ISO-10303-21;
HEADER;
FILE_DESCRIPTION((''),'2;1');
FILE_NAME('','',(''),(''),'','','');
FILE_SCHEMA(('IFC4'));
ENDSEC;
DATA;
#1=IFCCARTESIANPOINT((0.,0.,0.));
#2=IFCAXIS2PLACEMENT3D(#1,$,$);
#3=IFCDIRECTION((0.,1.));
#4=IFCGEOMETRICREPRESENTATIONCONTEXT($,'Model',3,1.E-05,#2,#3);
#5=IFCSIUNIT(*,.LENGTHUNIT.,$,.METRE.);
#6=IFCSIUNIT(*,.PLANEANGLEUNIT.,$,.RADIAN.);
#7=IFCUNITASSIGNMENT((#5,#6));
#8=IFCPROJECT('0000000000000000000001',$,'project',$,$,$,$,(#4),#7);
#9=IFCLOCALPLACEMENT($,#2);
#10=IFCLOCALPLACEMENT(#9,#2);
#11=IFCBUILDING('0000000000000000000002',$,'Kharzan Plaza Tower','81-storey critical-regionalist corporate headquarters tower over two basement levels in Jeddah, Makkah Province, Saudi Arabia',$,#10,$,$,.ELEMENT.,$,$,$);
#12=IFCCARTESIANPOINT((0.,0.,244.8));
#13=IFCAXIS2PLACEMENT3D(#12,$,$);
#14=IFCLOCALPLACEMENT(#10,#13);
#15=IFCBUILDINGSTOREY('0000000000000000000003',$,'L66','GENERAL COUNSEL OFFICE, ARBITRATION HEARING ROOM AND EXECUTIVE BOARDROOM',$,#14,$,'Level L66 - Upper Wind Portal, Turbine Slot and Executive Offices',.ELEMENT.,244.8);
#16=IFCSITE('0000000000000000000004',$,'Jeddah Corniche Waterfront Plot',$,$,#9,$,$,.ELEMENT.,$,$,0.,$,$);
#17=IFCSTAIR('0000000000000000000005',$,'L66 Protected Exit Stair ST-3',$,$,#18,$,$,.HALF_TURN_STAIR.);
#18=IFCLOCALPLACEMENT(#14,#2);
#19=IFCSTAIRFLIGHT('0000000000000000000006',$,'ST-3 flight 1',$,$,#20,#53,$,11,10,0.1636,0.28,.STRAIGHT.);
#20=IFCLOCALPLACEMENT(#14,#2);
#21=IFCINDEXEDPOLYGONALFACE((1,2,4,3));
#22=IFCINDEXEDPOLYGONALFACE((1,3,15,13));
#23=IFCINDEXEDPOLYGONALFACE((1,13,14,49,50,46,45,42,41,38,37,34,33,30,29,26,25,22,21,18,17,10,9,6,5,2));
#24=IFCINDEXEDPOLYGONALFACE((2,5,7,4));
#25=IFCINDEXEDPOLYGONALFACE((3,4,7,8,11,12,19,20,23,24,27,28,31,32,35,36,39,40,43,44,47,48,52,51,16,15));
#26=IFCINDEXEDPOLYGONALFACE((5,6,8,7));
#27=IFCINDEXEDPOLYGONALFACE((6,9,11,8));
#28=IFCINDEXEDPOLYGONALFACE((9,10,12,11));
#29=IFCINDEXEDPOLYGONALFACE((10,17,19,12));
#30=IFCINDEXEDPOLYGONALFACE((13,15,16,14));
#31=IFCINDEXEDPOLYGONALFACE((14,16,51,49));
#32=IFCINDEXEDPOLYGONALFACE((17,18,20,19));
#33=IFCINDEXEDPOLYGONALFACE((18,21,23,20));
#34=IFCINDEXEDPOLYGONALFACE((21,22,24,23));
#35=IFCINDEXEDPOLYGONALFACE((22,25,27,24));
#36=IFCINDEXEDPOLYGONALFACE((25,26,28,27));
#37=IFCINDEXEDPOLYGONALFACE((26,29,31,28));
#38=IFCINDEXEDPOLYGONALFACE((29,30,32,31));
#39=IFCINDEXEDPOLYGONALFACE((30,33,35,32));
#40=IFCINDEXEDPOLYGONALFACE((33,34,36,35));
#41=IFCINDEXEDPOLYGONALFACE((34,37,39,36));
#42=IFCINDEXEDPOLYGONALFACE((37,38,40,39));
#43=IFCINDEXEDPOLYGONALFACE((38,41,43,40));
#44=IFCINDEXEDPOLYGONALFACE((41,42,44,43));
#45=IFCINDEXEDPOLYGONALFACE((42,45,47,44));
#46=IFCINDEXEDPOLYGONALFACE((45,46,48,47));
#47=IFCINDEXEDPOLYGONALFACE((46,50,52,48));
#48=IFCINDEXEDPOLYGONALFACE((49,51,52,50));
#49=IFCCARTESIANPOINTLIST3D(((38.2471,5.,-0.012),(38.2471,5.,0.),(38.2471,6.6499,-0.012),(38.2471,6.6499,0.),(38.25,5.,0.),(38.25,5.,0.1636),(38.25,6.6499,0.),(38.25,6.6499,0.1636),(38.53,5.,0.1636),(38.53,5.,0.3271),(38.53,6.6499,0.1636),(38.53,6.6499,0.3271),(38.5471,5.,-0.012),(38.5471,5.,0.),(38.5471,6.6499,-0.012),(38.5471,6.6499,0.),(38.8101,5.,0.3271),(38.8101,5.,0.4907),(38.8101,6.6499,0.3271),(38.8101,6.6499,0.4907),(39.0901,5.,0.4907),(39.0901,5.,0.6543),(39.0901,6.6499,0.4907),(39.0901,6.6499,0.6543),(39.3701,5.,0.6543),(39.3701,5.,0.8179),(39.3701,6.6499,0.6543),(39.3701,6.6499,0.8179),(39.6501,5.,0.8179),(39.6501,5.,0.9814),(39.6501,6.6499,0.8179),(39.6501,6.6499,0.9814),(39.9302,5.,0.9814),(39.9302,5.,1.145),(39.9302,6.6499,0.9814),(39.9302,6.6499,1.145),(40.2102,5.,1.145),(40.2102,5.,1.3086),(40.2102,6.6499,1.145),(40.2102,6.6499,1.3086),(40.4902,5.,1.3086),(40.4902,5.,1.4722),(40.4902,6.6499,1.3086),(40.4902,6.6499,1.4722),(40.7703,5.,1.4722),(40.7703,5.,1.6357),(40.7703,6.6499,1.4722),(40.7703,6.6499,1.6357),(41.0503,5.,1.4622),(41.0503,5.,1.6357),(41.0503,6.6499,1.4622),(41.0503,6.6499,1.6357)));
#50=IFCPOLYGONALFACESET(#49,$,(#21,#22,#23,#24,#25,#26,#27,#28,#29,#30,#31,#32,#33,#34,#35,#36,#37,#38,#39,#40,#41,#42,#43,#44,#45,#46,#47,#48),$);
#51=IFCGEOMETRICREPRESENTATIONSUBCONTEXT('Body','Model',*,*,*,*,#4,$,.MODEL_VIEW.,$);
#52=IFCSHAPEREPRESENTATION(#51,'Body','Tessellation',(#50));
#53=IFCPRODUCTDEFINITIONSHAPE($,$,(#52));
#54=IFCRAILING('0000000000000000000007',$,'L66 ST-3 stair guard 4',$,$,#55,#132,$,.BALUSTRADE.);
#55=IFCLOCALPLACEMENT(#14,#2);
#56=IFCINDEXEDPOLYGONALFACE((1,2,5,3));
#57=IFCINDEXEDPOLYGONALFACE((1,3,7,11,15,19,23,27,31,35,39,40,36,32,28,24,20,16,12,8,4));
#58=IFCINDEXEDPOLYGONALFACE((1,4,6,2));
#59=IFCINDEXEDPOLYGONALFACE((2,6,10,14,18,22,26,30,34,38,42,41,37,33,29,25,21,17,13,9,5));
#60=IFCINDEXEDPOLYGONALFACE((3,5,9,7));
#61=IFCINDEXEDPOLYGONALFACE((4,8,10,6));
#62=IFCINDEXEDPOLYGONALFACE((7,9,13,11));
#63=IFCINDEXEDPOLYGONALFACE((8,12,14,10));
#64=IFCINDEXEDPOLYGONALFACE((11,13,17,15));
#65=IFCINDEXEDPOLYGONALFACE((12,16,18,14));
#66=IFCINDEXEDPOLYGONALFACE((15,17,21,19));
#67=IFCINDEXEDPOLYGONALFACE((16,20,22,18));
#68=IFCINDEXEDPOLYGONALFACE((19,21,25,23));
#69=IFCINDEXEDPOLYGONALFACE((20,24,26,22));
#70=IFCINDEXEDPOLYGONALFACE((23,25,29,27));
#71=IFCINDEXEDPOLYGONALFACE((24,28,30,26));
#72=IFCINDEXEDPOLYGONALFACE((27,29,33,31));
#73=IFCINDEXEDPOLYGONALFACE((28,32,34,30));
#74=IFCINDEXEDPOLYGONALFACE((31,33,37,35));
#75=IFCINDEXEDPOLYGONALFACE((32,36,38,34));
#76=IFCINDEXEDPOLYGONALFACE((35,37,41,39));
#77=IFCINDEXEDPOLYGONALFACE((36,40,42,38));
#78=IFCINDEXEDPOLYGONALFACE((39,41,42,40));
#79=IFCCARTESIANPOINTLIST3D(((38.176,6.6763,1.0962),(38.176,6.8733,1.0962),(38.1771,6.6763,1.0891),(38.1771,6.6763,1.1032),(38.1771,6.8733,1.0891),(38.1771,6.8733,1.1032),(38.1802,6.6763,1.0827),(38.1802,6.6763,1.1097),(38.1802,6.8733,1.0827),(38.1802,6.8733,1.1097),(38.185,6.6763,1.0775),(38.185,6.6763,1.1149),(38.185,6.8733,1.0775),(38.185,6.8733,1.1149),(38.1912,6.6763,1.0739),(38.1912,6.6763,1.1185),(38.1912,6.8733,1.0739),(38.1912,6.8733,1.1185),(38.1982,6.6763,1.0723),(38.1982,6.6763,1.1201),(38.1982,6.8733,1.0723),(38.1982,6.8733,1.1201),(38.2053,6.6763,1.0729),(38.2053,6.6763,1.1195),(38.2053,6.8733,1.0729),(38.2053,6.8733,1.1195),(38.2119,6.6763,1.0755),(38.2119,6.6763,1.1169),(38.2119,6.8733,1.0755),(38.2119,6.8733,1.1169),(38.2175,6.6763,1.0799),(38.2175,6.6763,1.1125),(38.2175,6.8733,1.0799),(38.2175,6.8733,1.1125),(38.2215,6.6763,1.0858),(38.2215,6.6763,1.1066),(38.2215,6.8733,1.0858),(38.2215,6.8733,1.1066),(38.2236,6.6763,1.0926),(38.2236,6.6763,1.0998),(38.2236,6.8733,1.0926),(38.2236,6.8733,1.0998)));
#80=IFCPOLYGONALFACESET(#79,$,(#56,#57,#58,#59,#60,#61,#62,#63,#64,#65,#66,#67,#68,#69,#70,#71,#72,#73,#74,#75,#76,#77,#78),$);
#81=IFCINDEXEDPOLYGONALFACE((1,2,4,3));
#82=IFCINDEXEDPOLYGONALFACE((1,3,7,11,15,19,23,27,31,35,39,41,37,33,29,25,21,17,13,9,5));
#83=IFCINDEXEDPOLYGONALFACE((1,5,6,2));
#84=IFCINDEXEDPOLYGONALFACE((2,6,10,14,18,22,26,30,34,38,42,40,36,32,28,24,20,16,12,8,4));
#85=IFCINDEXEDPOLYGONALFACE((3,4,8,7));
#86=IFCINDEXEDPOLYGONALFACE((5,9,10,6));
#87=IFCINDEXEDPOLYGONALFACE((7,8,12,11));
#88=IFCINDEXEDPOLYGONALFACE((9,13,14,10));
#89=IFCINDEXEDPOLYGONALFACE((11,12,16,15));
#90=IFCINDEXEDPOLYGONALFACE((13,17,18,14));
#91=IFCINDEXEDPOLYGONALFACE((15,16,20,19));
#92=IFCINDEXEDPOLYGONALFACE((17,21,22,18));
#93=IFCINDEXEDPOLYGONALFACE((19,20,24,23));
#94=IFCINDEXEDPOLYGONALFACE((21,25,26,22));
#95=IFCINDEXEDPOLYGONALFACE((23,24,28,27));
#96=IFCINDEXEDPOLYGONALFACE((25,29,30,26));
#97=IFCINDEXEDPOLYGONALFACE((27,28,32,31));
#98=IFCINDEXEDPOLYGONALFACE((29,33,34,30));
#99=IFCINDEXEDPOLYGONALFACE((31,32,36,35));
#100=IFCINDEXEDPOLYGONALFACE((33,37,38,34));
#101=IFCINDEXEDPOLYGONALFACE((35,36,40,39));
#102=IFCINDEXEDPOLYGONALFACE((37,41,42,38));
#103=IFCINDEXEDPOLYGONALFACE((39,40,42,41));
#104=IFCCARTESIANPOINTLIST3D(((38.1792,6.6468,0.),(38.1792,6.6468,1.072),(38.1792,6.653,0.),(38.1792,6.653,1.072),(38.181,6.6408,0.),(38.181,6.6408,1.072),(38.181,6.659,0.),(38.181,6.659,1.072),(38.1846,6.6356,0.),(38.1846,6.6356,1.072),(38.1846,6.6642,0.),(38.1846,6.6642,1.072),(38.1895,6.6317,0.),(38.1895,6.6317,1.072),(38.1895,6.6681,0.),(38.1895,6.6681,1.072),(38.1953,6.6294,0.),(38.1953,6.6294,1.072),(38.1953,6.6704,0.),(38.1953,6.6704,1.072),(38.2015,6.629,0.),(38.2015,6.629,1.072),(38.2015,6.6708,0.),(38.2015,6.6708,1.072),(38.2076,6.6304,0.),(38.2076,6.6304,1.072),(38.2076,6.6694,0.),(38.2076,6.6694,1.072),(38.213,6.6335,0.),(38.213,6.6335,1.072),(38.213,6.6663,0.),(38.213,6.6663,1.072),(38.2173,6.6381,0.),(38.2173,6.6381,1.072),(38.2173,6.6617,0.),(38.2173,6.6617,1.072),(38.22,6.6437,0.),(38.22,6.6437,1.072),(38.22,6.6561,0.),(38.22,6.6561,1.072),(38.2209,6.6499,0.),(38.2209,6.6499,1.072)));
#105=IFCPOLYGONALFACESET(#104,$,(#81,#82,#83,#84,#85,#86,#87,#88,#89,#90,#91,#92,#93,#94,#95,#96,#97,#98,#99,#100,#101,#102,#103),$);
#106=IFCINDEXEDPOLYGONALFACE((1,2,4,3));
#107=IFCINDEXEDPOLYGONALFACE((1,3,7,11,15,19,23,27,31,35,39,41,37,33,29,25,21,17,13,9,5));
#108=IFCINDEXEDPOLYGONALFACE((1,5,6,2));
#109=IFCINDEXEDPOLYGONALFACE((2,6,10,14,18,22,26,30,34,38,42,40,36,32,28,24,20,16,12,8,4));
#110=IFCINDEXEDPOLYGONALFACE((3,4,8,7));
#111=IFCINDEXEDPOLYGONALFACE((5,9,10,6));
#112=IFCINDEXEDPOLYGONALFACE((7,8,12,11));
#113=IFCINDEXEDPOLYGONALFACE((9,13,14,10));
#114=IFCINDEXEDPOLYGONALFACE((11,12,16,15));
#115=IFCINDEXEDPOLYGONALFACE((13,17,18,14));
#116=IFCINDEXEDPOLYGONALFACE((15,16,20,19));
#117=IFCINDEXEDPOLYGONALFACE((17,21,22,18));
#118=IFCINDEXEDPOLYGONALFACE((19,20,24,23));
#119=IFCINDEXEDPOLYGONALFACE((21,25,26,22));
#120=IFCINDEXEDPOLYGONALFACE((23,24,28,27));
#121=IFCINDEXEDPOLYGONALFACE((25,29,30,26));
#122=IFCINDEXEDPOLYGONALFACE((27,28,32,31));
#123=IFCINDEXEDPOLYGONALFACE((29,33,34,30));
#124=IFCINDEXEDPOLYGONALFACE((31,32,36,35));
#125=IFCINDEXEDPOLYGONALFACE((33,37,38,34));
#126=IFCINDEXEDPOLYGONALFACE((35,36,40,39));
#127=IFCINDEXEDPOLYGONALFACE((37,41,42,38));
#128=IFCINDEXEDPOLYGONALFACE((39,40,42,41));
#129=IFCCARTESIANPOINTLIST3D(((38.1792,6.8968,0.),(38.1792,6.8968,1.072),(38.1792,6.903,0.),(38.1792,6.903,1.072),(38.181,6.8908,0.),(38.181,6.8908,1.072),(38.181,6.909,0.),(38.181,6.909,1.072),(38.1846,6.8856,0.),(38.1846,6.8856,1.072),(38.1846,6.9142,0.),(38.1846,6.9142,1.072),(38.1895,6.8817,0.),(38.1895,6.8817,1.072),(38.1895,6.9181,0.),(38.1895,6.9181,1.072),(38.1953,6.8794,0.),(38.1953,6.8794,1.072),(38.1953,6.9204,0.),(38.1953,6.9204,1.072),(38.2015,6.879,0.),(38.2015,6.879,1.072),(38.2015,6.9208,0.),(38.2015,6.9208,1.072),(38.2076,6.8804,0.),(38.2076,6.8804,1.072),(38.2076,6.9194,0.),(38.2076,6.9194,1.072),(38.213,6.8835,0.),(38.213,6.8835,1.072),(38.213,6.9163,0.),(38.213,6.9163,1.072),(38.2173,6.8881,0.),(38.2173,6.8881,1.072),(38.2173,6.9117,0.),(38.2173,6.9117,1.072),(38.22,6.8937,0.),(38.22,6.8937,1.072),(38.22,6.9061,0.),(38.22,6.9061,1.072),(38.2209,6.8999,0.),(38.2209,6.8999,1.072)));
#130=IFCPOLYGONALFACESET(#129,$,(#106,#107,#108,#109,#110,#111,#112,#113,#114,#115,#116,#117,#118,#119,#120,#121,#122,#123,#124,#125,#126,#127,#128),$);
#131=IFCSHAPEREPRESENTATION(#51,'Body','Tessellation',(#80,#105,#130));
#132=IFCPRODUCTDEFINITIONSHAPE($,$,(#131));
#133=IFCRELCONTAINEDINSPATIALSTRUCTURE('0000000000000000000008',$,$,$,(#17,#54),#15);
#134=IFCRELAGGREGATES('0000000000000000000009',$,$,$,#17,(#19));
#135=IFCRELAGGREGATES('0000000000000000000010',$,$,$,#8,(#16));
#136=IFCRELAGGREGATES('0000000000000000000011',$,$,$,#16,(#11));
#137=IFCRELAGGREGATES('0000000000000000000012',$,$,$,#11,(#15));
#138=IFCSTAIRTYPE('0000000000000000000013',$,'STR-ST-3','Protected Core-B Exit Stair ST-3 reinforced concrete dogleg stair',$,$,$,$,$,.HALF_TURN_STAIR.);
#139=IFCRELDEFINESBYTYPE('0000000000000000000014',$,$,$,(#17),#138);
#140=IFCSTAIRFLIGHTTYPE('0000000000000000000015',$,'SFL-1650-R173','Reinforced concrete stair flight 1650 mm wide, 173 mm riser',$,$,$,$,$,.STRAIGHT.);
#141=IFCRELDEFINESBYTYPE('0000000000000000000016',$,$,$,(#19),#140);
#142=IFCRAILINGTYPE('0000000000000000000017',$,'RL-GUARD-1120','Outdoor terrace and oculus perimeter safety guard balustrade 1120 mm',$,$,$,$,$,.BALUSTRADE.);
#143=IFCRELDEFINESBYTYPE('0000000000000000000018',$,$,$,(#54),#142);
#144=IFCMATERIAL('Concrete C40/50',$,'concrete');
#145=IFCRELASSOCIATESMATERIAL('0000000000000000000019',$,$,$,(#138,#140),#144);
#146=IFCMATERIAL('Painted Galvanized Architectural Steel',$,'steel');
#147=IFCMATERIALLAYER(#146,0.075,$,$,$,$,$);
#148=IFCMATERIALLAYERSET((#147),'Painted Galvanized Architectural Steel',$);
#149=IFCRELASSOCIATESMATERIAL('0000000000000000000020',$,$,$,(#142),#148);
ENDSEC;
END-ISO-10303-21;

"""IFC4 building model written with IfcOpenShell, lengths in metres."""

from ifc_helpers import new_model, si_unit, direction, frame, origin, origin_2d, place, context, subcontext, project, spatial, polyline, circle, outline, extrude, source, transform, mapped, material, layer, layer_set, type_object, element, aggregate, save


model = new_model("IFC4")

# Units and contexts
model_context = context("Model", 3, precision=1e-05, world=origin(), true_north=direction((0.0, 1.0)))
body_context = subcontext(model_context, "Body", "Model", "MODEL_VIEW")
ifc_project = project(units=[si_unit("LENGTHUNIT", "METRE"), si_unit("PLANEANGLEUNIT", "RADIAN")], contexts=[model_context])

# Site, building, storey
site_placement = place(None, origin())
site = spatial("IfcSite", under=ifc_project, at=site_placement, Name="Jeddah Corniche Waterfront Plot", CompositionType="ELEMENT", RefElevation=0.0)
building_placement = place(site_placement, origin())
building = spatial("IfcBuilding", under=site, at=building_placement, Name="Kharzan Plaza Tower", Description="81-storey critical-regionalist corporate headquarters tower over two basement levels in Jeddah, Makkah Province, Saudi Arabia", CompositionType="ELEMENT")
storey_placement = place(building_placement, frame((0.0, 0.0, 244.8)))
storey = spatial("IfcBuildingStorey", under=building, at=storey_placement, Name="L66", Description="GENERAL COUNSEL OFFICE, ARBITRATION HEARING ROOM AND EXECUTIVE BOARDROOM", LongName="Level L66 - Upper Wind Portal, Turbine Slot and Executive Offices", CompositionType="ELEMENT", Elevation=244.8)

# Shared definitions
ifc_material_1 = material(Name="Concrete C40/50", Category="concrete")

# Stair, stair flight
stair_type = type_object("IfcStairType", Name="STR-ST-3", Description="Protected Core-B Exit Stair ST-3 reinforced concrete dogleg stair", PredefinedType="HALF_TURN_STAIR", material=ifc_material_1)
stair_placement = place(storey_placement, origin())
stair = element("IfcStair", 1, at=stair_placement, inside=storey, type_object=stair_type, Name="L66 Protected Exit Stair ST-3", PredefinedType="HALF_TURN_STAIR")
stair_flight_type = type_object("IfcStairFlightType", Name="SFL-1650-R173", Description="Reinforced concrete stair flight 1650 mm wide, 173 mm riser", PredefinedType="STRAIGHT", material=ifc_material_1)
shared_shape_1 = source(origin(), body_context, "Body", "SweptSolid", [
    extrude(outline(polyline([(-0.0029, -0.012), (-0.0029, 0.0), (0.0, 0.0), (0.0, 0.1636), (0.28, 0.1636), (0.28, 0.3271), (0.5601, 0.3271), (0.5601, 0.4907), (0.8401, 0.4907), (0.8401, 0.6543), (1.1201, 0.6543), (1.1201, 0.8179), (1.4001, 0.8179), (1.4001, 0.9814), (1.6802, 0.9814), (1.6802, 1.145), (1.9602, 1.145), (1.9602, 1.3086), (2.2402, 1.3086), (2.2402, 1.4722), (2.5203, 1.4722), (2.5203, 1.6357), (2.8003, 1.6357), (2.8003, 1.7993), (2.8003, 1.4622), (0.2971, 0.0), (0.2971, -0.012), (-0.0029, -0.012)])), frame((0.0, 0.825, 0.0), z_axis=(0.0, -1.0, 0.0), x_axis=(1.0, 0.0, 0.0)), (0.0, 0.0, 1.0), 1.6499),
])
stair_flight_placement = place(storey_placement, frame((38.25, 5.825, 0.0), z_axis=(0.0, 0.0, 1.0), x_axis=(1.0, 0.0, 0.0)))
stair_flight = element("IfcStairFlight", 2, at=stair_flight_placement, type_object=stair_flight_type, Name="ST-3 flight 1", NumberOfRisers=11, NumberOfTreads=10, PredefinedType="STRAIGHT", RiserHeight=0.1636, TreadLength=0.28, context=body_context, shape_type="MappedRepresentation", body=[
    mapped(shared_shape_1, transform((0.0, 0.0, 0.0), x_axis=(1.0, 0.0, 0.0), y_axis=(0.0, 1.0, 0.0), z_axis=(0.0, 0.0, 1.0))),
])
aggregate(stair, [stair_flight])

# Railing
ifc_material_2 = material(Name="Painted Galvanized Architectural Steel", Category="steel")
ifc_layer_1 = layer(ifc_material_2, 0.075)
ifc_layer_set_1 = layer_set([ifc_layer_1], Name="Painted Galvanized Architectural Steel")
railing_type_1 = type_object("IfcRailingType", Name="RL-GUARD-1120", Description="Outdoor terrace and oculus perimeter safety guard balustrade 1120 mm", PredefinedType="BALUSTRADE", material=ifc_layer_set_1)
shared_shape_2 = source(origin(), body_context, "Body", "SweptSolid", [
    extrude(circle(Radius=0.0239, at=origin_2d()), frame((0.0, 0.0264, 1.0962), z_axis=(0.0, 1.0, 0.0), x_axis=(-1.0, 0.0, 0.0)), (0.0, 0.0, 1.0), 0.197),
    extrude(circle(Radius=0.021, at=origin_2d()), origin(), (0.0, 0.0, 1.0), 1.072),
    extrude(circle(Radius=0.021, at=origin_2d()), frame((0.0, 0.25, 0.0)), (0.0, 0.0, 1.0), 1.072),
])
railing_1_placement = place(storey_placement, frame((38.2, 6.6499, 0.0)))
element("IfcRailing", 3, at=railing_1_placement, inside=storey, type_object=railing_type_1, Name="L66 ST-3 stair guard 4", PredefinedType="BALUSTRADE", context=body_context, shape_type="MappedRepresentation", body=[
    mapped(shared_shape_2, transform((0.0, 0.0, 0.0), x_axis=(1.0, 0.0, 0.0), y_axis=(0.0, 1.0, 0.0), z_axis=(0.0, 0.0, 1.0))),
])

save(model, "model.ifc")
